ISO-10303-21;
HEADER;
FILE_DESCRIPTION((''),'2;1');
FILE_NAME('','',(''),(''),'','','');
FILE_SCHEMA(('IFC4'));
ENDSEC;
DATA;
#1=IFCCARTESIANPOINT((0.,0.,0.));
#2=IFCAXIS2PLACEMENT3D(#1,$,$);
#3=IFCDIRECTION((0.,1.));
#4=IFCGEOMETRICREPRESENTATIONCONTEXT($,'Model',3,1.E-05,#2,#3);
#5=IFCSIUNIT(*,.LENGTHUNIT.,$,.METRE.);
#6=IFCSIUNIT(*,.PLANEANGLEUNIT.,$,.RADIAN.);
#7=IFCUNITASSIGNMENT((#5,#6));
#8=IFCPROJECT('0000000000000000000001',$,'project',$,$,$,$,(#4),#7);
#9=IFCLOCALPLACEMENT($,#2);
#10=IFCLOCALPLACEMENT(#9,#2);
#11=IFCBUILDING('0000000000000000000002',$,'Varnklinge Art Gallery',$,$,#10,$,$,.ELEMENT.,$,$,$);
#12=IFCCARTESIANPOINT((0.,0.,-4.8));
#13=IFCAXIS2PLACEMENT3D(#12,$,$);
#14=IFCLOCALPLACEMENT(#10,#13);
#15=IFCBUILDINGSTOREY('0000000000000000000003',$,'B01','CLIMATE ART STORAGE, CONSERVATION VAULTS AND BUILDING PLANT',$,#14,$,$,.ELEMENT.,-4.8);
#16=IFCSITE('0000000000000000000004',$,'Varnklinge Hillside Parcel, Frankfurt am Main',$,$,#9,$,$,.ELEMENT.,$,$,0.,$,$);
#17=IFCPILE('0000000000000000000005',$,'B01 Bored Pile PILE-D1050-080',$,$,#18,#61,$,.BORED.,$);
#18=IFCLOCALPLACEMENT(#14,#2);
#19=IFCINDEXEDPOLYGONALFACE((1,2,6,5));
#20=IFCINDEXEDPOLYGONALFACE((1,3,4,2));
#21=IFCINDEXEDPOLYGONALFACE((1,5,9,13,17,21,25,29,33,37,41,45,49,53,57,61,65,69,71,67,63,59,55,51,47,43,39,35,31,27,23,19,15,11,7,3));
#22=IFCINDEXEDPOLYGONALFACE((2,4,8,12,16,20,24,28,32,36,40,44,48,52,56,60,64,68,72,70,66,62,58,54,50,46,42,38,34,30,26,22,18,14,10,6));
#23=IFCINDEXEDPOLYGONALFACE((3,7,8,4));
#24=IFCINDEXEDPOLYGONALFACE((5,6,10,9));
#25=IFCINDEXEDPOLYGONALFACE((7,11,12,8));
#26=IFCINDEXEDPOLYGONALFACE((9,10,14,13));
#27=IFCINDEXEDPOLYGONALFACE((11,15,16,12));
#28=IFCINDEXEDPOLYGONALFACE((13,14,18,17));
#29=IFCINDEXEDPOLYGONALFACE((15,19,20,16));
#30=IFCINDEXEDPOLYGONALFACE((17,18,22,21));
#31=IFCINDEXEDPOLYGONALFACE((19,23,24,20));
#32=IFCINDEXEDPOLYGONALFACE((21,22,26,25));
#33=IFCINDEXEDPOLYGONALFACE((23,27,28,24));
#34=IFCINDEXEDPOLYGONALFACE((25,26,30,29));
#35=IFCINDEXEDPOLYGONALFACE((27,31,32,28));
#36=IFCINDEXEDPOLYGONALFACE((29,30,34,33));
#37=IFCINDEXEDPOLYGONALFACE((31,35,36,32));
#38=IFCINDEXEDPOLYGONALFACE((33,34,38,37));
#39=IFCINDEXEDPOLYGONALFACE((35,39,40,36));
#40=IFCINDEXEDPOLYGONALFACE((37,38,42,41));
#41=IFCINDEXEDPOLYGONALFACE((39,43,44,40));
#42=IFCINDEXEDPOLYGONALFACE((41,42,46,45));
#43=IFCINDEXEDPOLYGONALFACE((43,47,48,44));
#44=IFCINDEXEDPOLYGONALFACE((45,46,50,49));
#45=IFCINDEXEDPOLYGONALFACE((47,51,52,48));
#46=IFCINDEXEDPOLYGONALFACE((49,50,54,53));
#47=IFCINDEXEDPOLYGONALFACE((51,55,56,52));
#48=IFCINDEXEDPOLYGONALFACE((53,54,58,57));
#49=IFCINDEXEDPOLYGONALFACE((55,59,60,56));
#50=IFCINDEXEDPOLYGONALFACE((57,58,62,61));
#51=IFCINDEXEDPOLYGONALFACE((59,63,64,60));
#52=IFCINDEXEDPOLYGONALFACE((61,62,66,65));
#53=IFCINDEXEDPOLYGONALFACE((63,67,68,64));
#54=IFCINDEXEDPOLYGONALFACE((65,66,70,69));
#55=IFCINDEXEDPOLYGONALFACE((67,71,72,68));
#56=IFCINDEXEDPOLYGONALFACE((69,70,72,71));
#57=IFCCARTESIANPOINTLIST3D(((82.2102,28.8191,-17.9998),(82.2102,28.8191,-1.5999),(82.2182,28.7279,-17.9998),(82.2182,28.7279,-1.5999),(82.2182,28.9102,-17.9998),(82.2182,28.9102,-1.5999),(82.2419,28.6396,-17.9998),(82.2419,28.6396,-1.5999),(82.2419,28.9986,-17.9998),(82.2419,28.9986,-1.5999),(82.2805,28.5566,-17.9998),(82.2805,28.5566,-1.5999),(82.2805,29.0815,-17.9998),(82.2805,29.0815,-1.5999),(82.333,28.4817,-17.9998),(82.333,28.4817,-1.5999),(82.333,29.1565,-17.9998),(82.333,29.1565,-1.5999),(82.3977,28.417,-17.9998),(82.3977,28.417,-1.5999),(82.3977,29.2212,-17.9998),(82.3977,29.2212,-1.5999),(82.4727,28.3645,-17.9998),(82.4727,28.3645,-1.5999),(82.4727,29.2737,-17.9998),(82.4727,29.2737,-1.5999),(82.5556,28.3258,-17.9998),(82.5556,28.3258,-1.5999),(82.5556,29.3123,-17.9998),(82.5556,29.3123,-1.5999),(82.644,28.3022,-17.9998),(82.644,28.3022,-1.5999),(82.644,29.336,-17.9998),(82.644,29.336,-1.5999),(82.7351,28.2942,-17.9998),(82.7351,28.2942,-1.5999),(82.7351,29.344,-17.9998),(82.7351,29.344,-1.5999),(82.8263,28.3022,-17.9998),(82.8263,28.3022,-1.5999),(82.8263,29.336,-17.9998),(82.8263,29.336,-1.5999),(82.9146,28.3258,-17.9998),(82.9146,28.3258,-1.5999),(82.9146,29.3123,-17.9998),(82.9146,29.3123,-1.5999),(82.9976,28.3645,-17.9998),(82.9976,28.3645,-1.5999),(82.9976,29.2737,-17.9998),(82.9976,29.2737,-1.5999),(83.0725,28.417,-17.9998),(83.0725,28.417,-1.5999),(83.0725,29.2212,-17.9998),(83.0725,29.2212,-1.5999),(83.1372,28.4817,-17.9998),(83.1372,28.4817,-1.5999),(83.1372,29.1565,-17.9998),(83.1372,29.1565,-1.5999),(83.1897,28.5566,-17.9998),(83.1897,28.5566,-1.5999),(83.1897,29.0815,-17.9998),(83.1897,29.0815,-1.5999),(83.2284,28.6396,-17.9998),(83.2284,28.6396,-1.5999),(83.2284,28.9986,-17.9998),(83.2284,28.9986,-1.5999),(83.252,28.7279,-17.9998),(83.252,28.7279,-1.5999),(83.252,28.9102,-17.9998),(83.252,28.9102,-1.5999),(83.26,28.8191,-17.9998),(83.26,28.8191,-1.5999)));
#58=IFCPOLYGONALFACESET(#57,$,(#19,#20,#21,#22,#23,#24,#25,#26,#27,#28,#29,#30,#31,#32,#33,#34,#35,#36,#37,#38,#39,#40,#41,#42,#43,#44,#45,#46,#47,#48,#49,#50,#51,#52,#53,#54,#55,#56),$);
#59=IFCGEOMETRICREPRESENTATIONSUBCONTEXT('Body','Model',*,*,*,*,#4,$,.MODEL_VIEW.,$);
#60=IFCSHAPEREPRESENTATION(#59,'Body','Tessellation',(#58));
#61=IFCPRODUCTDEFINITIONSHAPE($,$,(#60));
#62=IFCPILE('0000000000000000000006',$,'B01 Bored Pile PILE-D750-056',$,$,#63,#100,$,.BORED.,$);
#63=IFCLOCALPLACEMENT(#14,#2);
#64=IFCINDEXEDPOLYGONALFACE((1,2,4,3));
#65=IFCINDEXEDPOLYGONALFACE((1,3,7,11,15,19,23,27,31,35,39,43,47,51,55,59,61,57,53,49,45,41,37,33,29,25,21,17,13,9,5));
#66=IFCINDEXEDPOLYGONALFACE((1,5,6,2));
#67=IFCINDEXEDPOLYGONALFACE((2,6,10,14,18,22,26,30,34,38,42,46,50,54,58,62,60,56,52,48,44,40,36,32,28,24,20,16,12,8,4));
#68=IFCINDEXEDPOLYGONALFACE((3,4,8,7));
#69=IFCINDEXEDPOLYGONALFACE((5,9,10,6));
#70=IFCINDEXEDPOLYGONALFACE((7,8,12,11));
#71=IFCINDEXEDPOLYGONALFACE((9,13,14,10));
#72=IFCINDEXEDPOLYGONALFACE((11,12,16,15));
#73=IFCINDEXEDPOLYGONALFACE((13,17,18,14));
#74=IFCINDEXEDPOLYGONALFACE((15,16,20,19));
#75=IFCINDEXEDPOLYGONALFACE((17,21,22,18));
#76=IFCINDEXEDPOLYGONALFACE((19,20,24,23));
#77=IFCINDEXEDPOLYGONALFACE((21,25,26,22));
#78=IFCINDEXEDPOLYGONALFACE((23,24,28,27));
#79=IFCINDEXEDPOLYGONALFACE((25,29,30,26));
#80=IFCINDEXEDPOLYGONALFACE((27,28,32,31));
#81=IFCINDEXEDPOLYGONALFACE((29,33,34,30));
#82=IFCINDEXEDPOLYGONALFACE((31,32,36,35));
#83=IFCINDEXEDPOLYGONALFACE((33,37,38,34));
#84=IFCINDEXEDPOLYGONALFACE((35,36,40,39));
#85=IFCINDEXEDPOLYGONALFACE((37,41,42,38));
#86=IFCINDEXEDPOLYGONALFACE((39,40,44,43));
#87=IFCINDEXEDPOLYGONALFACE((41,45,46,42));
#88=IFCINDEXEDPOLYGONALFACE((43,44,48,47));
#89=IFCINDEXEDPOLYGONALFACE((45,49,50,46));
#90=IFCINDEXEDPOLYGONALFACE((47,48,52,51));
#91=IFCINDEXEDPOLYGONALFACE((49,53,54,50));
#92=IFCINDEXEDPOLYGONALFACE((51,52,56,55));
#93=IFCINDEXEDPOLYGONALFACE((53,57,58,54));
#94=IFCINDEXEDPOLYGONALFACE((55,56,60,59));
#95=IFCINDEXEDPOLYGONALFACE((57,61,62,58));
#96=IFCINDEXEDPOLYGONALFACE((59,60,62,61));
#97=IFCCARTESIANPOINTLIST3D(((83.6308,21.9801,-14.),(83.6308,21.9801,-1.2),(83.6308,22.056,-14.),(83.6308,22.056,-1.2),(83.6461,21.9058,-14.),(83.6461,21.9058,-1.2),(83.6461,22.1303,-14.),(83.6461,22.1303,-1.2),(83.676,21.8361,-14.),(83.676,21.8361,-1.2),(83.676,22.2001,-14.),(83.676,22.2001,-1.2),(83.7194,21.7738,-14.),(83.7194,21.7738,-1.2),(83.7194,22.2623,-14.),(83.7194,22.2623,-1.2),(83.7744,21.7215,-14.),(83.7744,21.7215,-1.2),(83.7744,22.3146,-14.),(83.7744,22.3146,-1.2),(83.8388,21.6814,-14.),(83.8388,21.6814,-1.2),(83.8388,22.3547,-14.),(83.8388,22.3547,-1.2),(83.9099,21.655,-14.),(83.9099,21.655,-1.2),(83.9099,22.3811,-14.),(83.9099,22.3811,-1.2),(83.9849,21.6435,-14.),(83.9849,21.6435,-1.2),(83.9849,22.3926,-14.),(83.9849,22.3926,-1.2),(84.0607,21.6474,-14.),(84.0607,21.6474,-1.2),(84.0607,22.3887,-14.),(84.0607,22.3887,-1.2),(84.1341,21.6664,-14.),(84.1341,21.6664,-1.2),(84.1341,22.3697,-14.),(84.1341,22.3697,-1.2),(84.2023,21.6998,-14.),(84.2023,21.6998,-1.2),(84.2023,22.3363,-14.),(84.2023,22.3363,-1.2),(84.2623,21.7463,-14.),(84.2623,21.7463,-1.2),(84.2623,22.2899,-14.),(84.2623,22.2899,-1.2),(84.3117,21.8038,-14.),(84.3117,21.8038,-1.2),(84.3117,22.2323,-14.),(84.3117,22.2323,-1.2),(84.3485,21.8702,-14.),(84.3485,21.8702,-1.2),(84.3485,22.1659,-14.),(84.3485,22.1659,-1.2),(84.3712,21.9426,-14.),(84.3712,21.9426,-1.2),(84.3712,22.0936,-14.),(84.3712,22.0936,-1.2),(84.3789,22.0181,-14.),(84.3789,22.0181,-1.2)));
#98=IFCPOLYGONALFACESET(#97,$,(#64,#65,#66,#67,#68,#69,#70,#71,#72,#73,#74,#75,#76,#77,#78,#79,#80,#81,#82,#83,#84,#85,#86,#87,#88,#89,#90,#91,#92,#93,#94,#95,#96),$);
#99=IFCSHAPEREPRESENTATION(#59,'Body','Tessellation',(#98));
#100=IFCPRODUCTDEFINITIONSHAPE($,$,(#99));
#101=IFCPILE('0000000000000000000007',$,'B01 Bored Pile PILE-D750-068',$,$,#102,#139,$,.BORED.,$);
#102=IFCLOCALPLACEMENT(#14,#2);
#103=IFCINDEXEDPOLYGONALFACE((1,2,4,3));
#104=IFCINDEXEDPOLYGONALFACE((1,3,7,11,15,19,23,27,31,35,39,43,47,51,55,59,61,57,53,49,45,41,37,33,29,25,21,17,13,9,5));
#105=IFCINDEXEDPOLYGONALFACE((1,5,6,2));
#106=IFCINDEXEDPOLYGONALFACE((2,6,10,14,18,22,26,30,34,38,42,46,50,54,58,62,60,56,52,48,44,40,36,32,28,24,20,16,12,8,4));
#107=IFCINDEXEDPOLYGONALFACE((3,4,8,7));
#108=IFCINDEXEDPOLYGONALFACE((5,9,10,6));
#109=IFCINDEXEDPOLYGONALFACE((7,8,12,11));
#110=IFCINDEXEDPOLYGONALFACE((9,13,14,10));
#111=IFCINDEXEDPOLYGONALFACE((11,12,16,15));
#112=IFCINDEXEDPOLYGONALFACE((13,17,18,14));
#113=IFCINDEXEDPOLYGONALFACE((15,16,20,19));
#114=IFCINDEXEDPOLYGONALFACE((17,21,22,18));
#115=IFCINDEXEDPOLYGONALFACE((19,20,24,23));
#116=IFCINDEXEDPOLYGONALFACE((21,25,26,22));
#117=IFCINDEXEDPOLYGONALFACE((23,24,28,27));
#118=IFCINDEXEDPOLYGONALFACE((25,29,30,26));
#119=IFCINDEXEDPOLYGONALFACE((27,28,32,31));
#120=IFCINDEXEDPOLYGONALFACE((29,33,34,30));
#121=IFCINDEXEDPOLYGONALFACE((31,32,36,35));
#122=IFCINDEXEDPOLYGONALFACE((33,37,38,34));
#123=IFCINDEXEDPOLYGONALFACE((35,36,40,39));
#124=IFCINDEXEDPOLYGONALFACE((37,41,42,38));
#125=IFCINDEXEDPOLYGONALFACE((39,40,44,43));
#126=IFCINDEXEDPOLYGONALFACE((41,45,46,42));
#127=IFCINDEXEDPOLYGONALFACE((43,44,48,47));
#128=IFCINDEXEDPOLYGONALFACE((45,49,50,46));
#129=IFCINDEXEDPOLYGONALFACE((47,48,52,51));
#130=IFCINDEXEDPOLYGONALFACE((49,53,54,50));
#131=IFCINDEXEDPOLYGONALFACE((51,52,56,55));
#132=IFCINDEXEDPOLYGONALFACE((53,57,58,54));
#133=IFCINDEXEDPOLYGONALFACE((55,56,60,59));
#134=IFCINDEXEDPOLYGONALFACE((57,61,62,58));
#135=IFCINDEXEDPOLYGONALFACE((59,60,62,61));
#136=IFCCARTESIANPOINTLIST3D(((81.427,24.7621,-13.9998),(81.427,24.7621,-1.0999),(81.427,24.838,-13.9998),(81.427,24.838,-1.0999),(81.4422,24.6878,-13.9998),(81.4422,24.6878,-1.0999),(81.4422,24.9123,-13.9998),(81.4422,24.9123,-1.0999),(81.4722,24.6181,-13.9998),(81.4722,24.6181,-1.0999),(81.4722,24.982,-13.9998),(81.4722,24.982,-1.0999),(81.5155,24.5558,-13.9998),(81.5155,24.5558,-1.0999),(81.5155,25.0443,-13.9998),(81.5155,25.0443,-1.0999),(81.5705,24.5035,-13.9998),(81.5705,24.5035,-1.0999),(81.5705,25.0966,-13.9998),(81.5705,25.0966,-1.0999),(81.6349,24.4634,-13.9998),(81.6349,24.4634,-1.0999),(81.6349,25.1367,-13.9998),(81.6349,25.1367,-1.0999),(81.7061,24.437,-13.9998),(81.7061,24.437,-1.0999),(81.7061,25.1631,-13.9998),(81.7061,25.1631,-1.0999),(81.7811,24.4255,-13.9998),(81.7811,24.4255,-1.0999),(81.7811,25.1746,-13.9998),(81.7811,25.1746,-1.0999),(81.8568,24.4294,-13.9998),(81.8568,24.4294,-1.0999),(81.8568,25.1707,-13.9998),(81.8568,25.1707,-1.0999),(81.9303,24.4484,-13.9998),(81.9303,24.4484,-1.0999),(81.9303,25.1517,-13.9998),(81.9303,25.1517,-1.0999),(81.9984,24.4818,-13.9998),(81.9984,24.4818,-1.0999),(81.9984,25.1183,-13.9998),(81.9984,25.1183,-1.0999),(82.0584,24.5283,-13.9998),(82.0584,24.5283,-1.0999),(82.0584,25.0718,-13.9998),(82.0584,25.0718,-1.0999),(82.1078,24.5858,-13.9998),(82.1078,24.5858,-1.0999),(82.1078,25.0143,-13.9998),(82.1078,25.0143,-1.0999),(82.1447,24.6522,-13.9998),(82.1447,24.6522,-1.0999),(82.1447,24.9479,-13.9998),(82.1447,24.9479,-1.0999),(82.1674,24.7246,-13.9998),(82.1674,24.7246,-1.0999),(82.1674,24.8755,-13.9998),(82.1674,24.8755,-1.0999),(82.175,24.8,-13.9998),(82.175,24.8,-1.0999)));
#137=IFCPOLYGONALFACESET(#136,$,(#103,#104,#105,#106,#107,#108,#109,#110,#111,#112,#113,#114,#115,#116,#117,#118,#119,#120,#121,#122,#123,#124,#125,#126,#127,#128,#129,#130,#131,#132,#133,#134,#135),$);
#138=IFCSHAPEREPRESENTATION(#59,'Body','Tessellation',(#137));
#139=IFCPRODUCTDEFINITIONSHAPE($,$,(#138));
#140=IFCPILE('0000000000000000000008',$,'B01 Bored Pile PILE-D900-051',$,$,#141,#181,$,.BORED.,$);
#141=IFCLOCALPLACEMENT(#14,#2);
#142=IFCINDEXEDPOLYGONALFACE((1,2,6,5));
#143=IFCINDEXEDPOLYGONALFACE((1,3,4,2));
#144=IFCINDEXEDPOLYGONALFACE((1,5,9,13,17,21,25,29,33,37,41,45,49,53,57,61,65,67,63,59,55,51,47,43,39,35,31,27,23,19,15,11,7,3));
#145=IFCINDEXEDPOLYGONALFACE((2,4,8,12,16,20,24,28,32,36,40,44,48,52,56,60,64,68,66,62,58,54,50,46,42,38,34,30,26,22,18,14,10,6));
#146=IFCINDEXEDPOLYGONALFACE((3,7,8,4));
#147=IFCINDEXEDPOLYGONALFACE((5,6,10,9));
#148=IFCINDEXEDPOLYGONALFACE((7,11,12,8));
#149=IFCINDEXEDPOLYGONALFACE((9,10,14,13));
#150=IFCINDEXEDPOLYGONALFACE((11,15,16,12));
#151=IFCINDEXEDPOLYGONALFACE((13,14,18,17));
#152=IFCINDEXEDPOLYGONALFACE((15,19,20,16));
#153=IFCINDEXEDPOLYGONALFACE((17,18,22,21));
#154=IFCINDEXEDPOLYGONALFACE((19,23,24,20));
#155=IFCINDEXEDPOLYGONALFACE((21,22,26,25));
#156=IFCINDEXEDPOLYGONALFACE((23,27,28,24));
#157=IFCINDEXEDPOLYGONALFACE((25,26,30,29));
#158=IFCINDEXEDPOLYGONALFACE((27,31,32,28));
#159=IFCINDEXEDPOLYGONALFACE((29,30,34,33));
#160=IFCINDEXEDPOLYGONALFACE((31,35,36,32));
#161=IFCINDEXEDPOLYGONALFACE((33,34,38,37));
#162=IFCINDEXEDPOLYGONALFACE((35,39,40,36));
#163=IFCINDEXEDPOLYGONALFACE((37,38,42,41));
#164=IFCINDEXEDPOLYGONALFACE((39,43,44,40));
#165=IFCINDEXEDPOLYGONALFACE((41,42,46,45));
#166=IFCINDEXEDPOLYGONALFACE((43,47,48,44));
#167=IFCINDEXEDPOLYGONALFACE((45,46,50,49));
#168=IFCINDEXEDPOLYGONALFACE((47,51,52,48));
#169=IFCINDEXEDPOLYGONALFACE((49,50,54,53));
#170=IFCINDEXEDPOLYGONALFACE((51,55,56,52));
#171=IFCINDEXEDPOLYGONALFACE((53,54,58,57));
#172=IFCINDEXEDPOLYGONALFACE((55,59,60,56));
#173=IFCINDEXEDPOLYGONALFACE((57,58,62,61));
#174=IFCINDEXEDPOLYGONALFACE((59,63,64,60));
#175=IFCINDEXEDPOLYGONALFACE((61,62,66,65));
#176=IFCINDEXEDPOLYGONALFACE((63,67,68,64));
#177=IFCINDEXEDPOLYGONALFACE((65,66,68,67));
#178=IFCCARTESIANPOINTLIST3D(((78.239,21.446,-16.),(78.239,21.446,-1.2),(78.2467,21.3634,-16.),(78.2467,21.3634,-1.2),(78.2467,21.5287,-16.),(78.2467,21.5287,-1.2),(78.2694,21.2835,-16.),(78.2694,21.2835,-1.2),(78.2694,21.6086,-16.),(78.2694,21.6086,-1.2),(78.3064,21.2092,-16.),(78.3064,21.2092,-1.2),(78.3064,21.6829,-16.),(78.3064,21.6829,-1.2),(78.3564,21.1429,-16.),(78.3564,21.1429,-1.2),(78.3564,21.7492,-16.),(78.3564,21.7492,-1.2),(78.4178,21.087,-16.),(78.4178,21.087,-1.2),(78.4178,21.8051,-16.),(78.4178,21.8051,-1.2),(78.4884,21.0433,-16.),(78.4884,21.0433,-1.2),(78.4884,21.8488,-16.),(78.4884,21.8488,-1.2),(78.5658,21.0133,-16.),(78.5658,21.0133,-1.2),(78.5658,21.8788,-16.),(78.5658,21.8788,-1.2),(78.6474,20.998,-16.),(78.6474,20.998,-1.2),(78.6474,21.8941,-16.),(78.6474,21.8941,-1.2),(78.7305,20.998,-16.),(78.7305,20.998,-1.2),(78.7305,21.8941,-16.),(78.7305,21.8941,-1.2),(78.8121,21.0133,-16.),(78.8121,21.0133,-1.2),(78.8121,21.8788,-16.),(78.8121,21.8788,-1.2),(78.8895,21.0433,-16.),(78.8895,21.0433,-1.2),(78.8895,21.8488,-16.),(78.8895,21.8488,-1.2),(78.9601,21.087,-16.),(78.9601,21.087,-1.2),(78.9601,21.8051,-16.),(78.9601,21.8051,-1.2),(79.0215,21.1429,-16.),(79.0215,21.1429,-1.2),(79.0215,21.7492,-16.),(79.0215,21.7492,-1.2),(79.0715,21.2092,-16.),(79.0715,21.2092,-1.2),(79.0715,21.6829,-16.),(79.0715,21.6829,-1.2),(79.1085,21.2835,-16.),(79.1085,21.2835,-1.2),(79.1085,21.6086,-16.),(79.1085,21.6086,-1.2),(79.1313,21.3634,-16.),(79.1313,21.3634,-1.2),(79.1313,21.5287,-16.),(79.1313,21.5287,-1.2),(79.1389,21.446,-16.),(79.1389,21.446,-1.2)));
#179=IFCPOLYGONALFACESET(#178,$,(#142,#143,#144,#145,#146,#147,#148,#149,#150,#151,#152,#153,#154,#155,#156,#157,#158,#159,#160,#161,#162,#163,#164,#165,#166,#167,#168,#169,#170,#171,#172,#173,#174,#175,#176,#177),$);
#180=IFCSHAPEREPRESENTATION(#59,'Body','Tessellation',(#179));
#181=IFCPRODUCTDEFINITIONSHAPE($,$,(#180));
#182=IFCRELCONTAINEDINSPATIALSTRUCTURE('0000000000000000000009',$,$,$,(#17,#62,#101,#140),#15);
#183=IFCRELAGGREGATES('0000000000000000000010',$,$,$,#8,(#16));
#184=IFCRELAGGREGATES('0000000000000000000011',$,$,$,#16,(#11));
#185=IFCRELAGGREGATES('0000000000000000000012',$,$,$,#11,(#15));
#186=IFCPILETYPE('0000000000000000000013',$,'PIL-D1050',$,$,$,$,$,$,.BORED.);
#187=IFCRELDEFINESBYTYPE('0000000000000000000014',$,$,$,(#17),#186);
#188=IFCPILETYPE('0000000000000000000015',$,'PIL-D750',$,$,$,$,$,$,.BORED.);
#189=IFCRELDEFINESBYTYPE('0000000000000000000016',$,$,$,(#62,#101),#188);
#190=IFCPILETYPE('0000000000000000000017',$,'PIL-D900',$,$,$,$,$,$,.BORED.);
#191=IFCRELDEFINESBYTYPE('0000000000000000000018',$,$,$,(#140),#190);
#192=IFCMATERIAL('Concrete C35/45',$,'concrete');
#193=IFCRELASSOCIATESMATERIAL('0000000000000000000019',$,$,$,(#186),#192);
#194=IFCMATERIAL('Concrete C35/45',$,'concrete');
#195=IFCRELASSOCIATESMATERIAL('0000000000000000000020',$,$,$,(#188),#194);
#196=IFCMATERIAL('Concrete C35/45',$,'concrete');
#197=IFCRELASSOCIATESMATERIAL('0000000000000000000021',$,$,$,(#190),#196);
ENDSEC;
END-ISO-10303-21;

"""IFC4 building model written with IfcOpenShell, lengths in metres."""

from ifc_helpers import new_model, si_unit, direction, frame, origin, origin_2d, place, context, subcontext, project, spatial, circle, extrude, material, material_profile, profile_set, type_object, element, save


model = new_model("IFC4")

# Units and contexts
model_context = context("Model", 3, precision=1e-05, world=origin(), true_north=direction((0.0, 1.0)))
body_context = subcontext(model_context, "Body", "Model", "MODEL_VIEW")
ifc_project = project(units=[si_unit("LENGTHUNIT", "METRE"), si_unit("PLANEANGLEUNIT", "RADIAN")], contexts=[model_context])

# Site, building, storey
site_placement = place(None, origin())
site = spatial("IfcSite", under=ifc_project, at=site_placement, Name="Varnklinge Hillside Parcel, Frankfurt am Main", CompositionType="ELEMENT", RefElevation=0.0)
building_placement = place(site_placement, origin())
building = spatial("IfcBuilding", under=site, at=building_placement, Name="Varnklinge Art Gallery", CompositionType="ELEMENT")
storey_placement = place(building_placement, frame((0.0, 0.0, -4.8)))
storey = spatial("IfcBuildingStorey", under=building, at=storey_placement, Name="B01", Description="CLIMATE ART STORAGE, CONSERVATION VAULTS AND BUILDING PLANT", CompositionType="ELEMENT", Elevation=-4.8)

# Piles
ifc_material_1 = material(Name="Concrete C35/45", Category="concrete")
ifc_material_profile_1 = material_profile(ifc_material_1, circle(Radius=0.5249, at=origin_2d()), Name="PILE D1050")
ifc_profile_set_1 = profile_set([ifc_material_profile_1], Name="Concrete C35/45")
pile_type_1 = type_object("IfcPileType", Name="PIL-D1050", PredefinedType="BORED", material=ifc_profile_set_1)
pile_1_placement = place(storey_placement, frame((82.7351, 28.8191, -1.5999), z_axis=(0.0, 0.0, -1.0), x_axis=(1.0, 0.0, 0.0)))
element("IfcPile", 1, at=pile_1_placement, inside=storey, type_object=pile_type_1, Name="B01 Bored Pile PILE-D1050-080", PredefinedType="BORED", context=body_context, shape_type="SweptSolid", body=[
    extrude(circle(Radius=0.5249, at=origin_2d()), origin(), (0.0, 0.0, 1.0), 16.3999),
])
ifc_material_2 = material(Name="Concrete C35/45", Category="concrete")
ifc_material_profile_2 = material_profile(ifc_material_2, circle(Radius=0.375, at=origin_2d()), Name="PILE D750")
ifc_profile_set_2 = profile_set([ifc_material_profile_2], Name="Concrete C35/45")
pile_type_2 = type_object("IfcPileType", Name="PIL-D750", PredefinedType="BORED", material=ifc_profile_set_2)
pile_2_placement = place(storey_placement, frame((84.0039, 22.0181, -1.2), z_axis=(0.0, 0.0, -1.0), x_axis=(1.0, 0.0, 0.0)))
element("IfcPile", 2, at=pile_2_placement, inside=storey, type_object=pile_type_2, Name="B01 Bored Pile PILE-D750-056", PredefinedType="BORED", context=body_context, shape_type="SweptSolid", body=[
    extrude(circle(Radius=0.375, at=origin_2d()), origin(), (0.0, 0.0, 1.0), 12.8),
])
pile_3_placement = place(storey_placement, frame((81.8, 24.8, -1.0999), z_axis=(0.0, 0.0, -1.0), x_axis=(1.0, 0.0, 0.0)))
element("IfcPile", 3, at=pile_3_placement, inside=storey, type_object=pile_type_2, Name="B01 Bored Pile PILE-D750-068", PredefinedType="BORED", context=body_context, shape_type="SweptSolid", body=[
    extrude(circle(Radius=0.375, at=origin_2d()), origin(), (0.0, 0.0, 1.0), 12.8999),
])
ifc_material_3 = material(Name="Concrete C35/45", Category="concrete")
ifc_material_profile_3 = material_profile(ifc_material_3, circle(Radius=0.45, at=origin_2d()), Name="PILE D900")
ifc_profile_set_3 = profile_set([ifc_material_profile_3], Name="Concrete C35/45")
pile_type_3 = type_object("IfcPileType", Name="PIL-D900", PredefinedType="BORED", material=ifc_profile_set_3)
for number, where, z_axis, x_axis, name in (
    (4, (78.689, 21.446, -1.2), (0.0, 0.0, -1.0), (1.0, 0.0, 0.0), "B01 Bored Pile PILE-D900-051"),
):
    element("IfcPile", number, at=place(storey_placement, frame(where, z_axis=z_axis, x_axis=x_axis)), inside=storey, type_object=pile_type_3, Name=name, PredefinedType="BORED", context=body_context, shape_type="SweptSolid", body=[
        extrude(circle(Radius=0.45, at=origin_2d()), origin(), (0.0, 0.0, 1.0), 14.8),
    ])

save(model, "model.ifc")
